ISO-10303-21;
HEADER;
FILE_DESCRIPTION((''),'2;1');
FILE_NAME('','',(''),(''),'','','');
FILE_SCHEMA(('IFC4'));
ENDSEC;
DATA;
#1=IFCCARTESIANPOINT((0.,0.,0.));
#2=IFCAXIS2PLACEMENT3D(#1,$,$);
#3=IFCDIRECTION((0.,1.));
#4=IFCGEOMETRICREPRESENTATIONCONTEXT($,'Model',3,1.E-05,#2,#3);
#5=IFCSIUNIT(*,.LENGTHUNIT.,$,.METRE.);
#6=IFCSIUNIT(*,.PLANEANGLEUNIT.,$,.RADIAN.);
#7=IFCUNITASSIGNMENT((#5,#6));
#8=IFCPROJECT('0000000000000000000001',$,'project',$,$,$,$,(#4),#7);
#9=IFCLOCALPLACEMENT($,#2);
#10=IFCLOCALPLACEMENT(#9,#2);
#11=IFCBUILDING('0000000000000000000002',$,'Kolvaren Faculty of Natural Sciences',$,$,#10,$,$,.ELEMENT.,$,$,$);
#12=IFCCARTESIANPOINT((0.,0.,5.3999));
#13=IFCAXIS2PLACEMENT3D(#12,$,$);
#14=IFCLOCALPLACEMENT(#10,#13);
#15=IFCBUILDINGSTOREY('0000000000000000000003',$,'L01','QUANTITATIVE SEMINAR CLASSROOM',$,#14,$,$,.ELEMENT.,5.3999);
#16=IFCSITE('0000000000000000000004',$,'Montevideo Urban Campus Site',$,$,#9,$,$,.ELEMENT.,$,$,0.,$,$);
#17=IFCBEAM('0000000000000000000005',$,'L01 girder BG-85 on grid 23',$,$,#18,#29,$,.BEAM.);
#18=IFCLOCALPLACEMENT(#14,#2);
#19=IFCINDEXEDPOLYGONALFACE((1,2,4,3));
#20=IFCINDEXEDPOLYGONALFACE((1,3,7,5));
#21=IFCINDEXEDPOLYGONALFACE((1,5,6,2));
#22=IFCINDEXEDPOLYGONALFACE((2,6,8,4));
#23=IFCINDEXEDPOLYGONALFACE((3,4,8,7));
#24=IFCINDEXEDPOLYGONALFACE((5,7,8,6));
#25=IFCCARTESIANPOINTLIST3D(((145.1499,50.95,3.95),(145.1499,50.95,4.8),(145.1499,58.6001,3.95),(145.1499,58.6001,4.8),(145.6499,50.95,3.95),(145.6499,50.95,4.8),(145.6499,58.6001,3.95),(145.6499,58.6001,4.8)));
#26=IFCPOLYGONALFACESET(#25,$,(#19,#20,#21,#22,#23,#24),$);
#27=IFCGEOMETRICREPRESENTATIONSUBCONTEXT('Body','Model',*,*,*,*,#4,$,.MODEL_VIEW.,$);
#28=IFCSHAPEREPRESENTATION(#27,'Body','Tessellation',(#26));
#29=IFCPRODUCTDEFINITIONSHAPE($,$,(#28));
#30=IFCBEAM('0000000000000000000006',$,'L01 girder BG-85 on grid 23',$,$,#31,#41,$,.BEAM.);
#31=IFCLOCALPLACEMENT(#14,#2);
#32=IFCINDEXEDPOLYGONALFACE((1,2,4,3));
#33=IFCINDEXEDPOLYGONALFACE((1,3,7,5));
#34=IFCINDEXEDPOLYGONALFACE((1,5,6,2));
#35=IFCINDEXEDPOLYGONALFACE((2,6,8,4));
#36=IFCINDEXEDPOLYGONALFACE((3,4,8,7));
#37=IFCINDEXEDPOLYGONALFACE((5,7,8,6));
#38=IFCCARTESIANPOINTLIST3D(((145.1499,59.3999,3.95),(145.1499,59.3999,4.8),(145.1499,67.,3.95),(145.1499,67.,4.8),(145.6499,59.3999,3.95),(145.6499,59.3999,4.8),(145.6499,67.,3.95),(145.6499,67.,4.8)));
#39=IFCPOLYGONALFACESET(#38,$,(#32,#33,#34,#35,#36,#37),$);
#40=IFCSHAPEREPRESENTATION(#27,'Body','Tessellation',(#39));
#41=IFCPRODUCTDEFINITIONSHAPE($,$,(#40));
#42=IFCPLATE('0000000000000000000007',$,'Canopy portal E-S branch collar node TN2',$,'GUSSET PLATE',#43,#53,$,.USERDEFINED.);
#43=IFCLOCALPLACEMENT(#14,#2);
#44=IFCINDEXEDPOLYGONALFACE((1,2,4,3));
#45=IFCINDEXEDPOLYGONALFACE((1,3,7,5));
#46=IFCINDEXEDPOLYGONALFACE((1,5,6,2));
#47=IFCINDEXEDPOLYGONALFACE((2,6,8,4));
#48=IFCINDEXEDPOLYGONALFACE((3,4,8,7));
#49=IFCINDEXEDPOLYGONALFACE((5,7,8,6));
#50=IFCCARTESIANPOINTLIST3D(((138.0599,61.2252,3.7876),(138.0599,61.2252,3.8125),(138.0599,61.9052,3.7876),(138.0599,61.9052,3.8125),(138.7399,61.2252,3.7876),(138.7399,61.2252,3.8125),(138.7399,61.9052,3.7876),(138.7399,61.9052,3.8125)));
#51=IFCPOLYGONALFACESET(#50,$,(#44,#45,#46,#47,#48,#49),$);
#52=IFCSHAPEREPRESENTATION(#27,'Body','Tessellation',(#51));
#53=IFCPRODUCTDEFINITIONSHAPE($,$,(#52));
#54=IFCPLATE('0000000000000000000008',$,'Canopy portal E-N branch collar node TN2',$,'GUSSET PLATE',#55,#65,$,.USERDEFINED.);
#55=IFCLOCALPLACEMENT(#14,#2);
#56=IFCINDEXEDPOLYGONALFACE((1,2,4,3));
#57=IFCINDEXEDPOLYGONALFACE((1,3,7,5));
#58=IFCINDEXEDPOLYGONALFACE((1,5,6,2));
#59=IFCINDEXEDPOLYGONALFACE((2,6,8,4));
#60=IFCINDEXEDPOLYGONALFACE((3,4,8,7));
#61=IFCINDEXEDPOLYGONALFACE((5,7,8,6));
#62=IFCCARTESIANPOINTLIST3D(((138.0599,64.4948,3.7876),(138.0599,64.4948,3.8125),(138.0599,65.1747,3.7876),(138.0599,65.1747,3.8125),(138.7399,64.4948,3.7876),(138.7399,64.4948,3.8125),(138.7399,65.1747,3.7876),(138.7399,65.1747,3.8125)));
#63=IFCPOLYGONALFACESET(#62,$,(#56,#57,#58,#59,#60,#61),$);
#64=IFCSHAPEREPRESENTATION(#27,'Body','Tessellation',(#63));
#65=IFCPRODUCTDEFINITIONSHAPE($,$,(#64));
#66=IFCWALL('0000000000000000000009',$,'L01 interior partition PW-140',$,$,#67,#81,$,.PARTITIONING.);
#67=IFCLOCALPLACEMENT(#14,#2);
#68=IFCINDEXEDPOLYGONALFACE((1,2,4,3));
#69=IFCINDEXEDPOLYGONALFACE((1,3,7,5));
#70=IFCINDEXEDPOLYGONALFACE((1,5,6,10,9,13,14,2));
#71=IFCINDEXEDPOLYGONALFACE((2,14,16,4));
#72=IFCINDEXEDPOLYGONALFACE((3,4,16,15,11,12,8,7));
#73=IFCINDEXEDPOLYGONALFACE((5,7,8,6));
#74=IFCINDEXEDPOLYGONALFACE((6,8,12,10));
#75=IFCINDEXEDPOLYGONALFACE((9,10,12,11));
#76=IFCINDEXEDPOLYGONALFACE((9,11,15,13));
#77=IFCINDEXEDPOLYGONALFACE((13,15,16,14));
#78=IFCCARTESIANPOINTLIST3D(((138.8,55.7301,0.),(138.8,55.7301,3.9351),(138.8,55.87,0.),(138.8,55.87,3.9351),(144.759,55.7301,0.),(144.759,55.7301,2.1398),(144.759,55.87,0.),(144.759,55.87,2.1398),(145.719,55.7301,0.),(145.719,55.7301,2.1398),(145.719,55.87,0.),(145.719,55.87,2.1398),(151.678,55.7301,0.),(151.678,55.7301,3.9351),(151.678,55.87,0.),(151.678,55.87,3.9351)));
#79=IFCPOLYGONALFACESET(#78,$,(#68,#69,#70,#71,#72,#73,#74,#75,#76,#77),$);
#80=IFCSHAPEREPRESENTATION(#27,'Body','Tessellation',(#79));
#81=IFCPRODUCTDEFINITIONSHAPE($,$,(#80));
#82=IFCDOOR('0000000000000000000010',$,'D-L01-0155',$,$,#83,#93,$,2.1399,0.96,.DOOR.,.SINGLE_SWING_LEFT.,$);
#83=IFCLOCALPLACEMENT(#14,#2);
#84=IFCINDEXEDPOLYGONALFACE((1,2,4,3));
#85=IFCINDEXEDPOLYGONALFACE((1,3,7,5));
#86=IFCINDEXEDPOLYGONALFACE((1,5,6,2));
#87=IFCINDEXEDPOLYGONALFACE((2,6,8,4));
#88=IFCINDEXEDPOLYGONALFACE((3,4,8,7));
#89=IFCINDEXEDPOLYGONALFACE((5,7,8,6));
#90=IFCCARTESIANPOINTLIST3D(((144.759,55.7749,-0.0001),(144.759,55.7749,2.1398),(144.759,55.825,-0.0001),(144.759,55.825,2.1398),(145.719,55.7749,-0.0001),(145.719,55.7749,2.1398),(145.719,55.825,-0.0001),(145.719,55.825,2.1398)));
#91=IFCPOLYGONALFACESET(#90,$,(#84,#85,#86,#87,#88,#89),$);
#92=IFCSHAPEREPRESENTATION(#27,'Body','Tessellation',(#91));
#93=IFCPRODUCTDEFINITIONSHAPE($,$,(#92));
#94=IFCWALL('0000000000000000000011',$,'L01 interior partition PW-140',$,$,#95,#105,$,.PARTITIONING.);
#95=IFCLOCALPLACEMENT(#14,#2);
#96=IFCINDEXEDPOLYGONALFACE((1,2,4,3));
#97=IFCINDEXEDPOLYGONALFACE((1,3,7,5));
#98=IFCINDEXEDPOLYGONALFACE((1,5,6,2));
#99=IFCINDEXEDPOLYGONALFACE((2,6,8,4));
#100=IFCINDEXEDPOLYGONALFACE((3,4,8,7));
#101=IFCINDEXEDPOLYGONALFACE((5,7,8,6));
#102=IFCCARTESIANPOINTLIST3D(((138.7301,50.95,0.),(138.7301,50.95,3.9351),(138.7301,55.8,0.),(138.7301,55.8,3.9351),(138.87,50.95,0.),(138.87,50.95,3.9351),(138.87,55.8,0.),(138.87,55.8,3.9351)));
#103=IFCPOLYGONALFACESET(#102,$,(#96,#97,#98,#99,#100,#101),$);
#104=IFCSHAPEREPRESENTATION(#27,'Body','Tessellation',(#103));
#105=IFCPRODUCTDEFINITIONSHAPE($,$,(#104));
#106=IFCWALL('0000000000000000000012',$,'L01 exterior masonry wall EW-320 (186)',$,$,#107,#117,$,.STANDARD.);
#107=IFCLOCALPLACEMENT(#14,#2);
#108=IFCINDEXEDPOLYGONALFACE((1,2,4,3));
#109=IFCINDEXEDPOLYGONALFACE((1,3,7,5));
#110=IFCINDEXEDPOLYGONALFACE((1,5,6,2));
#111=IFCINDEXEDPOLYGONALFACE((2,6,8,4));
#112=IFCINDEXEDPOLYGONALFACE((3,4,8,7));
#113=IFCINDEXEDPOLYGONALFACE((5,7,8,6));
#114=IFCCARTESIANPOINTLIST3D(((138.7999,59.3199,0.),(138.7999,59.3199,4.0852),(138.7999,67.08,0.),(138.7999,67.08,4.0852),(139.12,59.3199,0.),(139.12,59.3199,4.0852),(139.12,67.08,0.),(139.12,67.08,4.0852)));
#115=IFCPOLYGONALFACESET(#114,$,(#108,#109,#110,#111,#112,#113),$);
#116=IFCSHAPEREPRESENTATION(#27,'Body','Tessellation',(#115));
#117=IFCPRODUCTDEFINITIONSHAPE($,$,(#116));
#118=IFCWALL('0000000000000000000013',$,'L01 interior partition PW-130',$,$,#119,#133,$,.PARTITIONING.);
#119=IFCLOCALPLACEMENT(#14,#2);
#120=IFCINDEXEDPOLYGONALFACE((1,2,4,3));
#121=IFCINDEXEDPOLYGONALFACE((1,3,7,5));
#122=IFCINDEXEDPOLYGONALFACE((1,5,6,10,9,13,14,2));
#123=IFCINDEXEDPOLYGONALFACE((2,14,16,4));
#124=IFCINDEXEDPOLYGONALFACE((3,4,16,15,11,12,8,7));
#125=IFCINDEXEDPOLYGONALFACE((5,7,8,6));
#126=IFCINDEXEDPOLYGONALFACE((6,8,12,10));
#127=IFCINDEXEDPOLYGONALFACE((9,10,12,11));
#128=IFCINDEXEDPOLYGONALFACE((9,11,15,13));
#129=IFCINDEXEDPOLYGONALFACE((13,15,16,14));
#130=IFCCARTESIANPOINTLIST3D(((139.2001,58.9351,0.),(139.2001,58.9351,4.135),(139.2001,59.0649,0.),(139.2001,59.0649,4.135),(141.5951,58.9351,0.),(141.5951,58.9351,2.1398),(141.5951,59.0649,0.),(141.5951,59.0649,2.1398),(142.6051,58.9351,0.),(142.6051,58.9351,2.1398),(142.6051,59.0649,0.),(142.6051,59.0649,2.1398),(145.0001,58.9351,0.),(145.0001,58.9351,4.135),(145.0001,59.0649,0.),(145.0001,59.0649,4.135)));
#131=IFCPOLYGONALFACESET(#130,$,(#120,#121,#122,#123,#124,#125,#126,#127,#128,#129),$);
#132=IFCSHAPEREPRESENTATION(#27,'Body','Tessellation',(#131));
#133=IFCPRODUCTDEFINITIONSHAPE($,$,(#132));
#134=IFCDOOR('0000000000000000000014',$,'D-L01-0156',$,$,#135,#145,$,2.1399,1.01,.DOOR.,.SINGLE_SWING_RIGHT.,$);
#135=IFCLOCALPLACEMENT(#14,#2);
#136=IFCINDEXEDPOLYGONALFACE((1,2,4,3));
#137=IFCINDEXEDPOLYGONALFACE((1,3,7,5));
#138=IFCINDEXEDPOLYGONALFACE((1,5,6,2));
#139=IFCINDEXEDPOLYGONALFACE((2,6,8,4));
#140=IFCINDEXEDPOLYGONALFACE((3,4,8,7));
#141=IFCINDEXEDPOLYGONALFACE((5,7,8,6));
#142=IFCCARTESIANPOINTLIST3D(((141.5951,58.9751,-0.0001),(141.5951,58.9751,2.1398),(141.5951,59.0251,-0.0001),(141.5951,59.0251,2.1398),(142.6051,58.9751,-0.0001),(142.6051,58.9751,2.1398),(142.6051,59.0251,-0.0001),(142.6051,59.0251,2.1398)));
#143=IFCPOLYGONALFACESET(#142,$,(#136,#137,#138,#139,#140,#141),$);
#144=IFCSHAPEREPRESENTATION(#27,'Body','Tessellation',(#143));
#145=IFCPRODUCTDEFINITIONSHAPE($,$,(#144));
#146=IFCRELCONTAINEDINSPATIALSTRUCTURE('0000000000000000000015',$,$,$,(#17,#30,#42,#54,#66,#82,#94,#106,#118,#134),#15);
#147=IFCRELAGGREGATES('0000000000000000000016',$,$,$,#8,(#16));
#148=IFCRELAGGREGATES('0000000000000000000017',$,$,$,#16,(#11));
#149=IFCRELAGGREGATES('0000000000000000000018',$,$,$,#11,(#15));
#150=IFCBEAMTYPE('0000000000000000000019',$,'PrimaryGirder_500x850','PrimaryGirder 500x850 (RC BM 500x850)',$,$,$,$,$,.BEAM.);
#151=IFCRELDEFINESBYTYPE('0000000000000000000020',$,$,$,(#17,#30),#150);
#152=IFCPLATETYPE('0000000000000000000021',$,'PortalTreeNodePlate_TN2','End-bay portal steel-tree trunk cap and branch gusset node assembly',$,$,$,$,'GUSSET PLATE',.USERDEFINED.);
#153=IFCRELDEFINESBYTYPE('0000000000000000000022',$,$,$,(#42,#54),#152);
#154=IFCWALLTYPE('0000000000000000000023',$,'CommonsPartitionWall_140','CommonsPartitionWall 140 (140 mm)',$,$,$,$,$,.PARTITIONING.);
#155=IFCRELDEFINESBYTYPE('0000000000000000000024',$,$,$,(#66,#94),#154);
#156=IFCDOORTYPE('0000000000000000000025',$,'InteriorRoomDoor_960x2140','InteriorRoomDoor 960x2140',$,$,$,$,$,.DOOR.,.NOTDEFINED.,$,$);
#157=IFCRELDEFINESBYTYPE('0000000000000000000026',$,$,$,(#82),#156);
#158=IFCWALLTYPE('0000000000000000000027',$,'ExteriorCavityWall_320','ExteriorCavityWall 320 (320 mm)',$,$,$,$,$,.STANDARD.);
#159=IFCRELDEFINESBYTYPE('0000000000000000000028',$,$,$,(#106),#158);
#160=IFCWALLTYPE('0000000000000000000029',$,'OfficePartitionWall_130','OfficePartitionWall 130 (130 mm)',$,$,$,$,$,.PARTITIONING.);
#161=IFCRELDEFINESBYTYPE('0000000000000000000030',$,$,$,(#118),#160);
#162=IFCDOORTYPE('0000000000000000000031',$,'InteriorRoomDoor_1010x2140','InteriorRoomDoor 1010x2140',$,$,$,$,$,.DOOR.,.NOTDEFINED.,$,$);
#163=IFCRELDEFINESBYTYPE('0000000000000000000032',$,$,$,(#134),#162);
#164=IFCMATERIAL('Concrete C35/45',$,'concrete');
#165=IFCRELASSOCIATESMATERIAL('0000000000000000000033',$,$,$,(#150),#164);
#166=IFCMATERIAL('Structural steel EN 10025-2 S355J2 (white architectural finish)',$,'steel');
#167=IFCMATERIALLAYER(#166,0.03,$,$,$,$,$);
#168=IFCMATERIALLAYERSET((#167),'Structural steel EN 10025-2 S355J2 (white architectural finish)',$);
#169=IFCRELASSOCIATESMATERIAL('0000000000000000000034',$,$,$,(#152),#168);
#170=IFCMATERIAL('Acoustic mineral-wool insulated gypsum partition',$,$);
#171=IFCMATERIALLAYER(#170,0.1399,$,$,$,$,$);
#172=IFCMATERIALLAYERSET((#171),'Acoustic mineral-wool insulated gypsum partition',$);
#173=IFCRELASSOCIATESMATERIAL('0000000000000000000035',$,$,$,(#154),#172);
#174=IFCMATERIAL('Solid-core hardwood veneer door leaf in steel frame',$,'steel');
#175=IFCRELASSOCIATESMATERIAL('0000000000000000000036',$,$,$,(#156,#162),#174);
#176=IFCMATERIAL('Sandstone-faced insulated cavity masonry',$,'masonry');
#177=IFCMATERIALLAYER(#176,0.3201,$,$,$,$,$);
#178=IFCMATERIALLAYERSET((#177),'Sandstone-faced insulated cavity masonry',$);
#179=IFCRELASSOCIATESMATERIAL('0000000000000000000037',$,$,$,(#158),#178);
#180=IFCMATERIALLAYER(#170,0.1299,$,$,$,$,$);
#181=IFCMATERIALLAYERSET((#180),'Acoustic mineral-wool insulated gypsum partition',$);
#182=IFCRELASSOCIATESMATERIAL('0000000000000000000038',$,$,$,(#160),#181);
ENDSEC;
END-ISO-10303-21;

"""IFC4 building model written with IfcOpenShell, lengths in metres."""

from ifc_helpers import new_model, si_unit, direction, frame, frame_2d, origin, origin_2d, place, context, subcontext, project, spatial, rectangle, extrude, material, layer, layer_set, material_profile, profile_set, type_object, element, fill, save


model = new_model("IFC4")

# Units and contexts
model_context = context("Model", 3, precision=1e-05, world=origin(), true_north=direction((0.0, 1.0)))
body_context = subcontext(model_context, "Body", "Model", "MODEL_VIEW")
ifc_project = project(units=[si_unit("LENGTHUNIT", "METRE"), si_unit("PLANEANGLEUNIT", "RADIAN")], contexts=[model_context])

# Site, building, storey
site_placement = place(None, origin())
site = spatial("IfcSite", under=ifc_project, at=site_placement, Name="Montevideo Urban Campus Site", CompositionType="ELEMENT", RefElevation=0.0)
building_placement = place(site_placement, origin())
building = spatial("IfcBuilding", under=site, at=building_placement, Name="Kolvaren Faculty of Natural Sciences", CompositionType="ELEMENT")
storey_placement = place(building_placement, frame((0.0, 0.0, 5.3999)))
storey = spatial("IfcBuildingStorey", under=building, at=storey_placement, Name="L01", Description="QUANTITATIVE SEMINAR CLASSROOM", CompositionType="ELEMENT", Elevation=5.3999)

# Beams
ifc_material_1 = material(Name="Concrete C35/45", Category="concrete")
ifc_material_profile_1 = material_profile(ifc_material_1, rectangle(XDim=0.5, YDim=0.8501, at=origin_2d()), Name="RC BM 500x850")
ifc_profile_set_1 = profile_set([ifc_material_profile_1], Name="Concrete C35/45")
beam_type_1 = type_object("IfcBeamType", Name="PrimaryGirder_500x850", Description="PrimaryGirder 500x850 (RC BM 500x850)", PredefinedType="BEAM", material=ifc_profile_set_1)
for number, where, z_axis, x_axis, name in (
    (1, (145.3999, 50.95, 4.375), (0.0, 1.0, 0.0), (-1.0, 0.0, 0.0), "L01 girder BG-85 on grid 23"),
):
    element("IfcBeam", number, at=place(storey_placement, frame(where, z_axis=z_axis, x_axis=x_axis)), inside=storey, type_object=beam_type_1, Name=name, PredefinedType="BEAM", context=body_context, shape_type="SweptSolid", body=[
        extrude(rectangle(XDim=0.5, YDim=0.8501, at=origin_2d()), origin(), (0.0, 0.0, 1.0), 7.6501),
    ])
beam_1_placement = place(storey_placement, frame((145.3999, 59.3999, 4.375), z_axis=(0.0, 1.0, 0.0), x_axis=(-1.0, 0.0, 0.0)))
element("IfcBeam", 2, at=beam_1_placement, inside=storey, type_object=beam_type_1, Name="L01 girder BG-85 on grid 23", PredefinedType="BEAM", context=body_context, shape_type="SweptSolid", body=[
    extrude(rectangle(XDim=0.5, YDim=0.8501, at=origin_2d()), origin(), (0.0, 0.0, 1.0), 7.6001),
])

# Plates
ifc_material_2 = material(Name="Structural steel EN 10025-2 S355J2 (white architectural finish)", Category="steel")
ifc_layer_1 = layer(ifc_material_2, 0.03)
ifc_layer_set_1 = layer_set([ifc_layer_1], Name="Structural steel EN 10025-2 S355J2 (white architectural finish)")
plate_type = type_object("IfcPlateType", Name="PortalTreeNodePlate_TN2", Description="End-bay portal steel-tree trunk cap and branch gusset node assembly", ElementType="GUSSET PLATE", PredefinedType="USERDEFINED", material=ifc_layer_set_1)
for number, where, z_axis, x_axis, name in (
    (3, (138.3999, 61.5652, 3.7876), (0.0, 0.0, 1.0), (1.0, 0.0, 0.0), "Canopy portal E-S branch collar node TN2"),
    (4, (138.3999, 64.8347, 3.7876), (0.0, 0.0, 1.0), (1.0, 0.0, 0.0), "Canopy portal E-N branch collar node TN2"),
):
    element("IfcPlate", number, at=place(storey_placement, frame(where, z_axis=z_axis, x_axis=x_axis)), inside=storey, type_object=plate_type, Name=name, ObjectType="GUSSET PLATE", PredefinedType="USERDEFINED", context=body_context, shape_type="SweptSolid", body=[
        extrude(rectangle(XDim=0.6799, YDim=0.6799, at=origin_2d()), origin(), (0.0, 0.0, 1.0), 0.0249),
    ])

# Wall, opening, door
ifc_material_3 = material(Name="Acoustic mineral-wool insulated gypsum partition")
ifc_layer_2 = layer(ifc_material_3, 0.1399)
ifc_layer_set_2 = layer_set([ifc_layer_2], Name="Acoustic mineral-wool insulated gypsum partition")
wall_type_1 = type_object("IfcWallType", Name="CommonsPartitionWall_140", Description="CommonsPartitionWall 140 (140 mm)", PredefinedType="PARTITIONING", material=ifc_layer_set_2)
wall_1_placement = place(storey_placement, frame((138.8, 55.8, 0.0), z_axis=(0.0, 0.0, 1.0), x_axis=(1.0, 0.0, 0.0)))
wall_1 = element("IfcWall", 5, at=wall_1_placement, inside=storey, type_object=wall_type_1, Name="L01 interior partition PW-140", PredefinedType="PARTITIONING", context=body_context, shape_type="SweptSolid", body=[
    extrude(rectangle(XDim=12.8779, YDim=0.1399, at=frame_2d((6.439, 0.0))), origin(), (0.0, 0.0, 1.0), 3.9351),
])
opening_1_placement = place(wall_1_placement, frame((5.959, 0.0, 0.0)))
opening_1 = element("IfcOpeningElement", 6, at=opening_1_placement, cuts=wall_1, PredefinedType="OPENING", context=body_context, shape_type="SweptSolid", body=[
    extrude(rectangle(XDim=0.96, YDim=2.1399, at=frame_2d((0.48, 1.0698))), frame((0.0, 0.0798, 0.0), z_axis=(0.0, -1.0, 0.0), x_axis=(1.0, 0.0, 0.0)), (0.0, 0.0, 1.0), 0.1599),
])
ifc_material_4 = material(Name="Solid-core hardwood veneer door leaf in steel frame", Category="steel")
door_type_1 = type_object("IfcDoorType", Name="InteriorRoomDoor_960x2140", Description="InteriorRoomDoor 960x2140", OperationType="NOTDEFINED", PredefinedType="DOOR", material=ifc_material_4)
door_1_placement = place(opening_1_placement, origin())
door_1 = element("IfcDoor", 7, at=door_1_placement, inside=storey, type_object=door_type_1, Name="D-L01-0155", OperationType="SINGLE_SWING_LEFT", OverallHeight=2.1399, OverallWidth=0.96, PredefinedType="DOOR", context=body_context, shape_type="SweptSolid", body=[
    extrude(rectangle(XDim=0.96, YDim=2.1399, at=frame_2d((0.48, 1.0698))), frame((0.0, 0.0249, 0.0), z_axis=(0.0, -1.0, 0.0), x_axis=(1.0, 0.0, 0.0)), (0.0, 0.0, 1.0), 0.05),
])
fill(opening_1, door_1)

# Walls
wall_2_placement = place(storey_placement, frame((138.8, 50.95, 0.0), z_axis=(0.0, 0.0, 1.0), x_axis=(0.0, 1.0, 0.0)))
element("IfcWall", 8, at=wall_2_placement, inside=storey, type_object=wall_type_1, Name="L01 interior partition PW-140", PredefinedType="PARTITIONING", context=body_context, shape_type="SweptSolid", body=[
    extrude(rectangle(XDim=4.8501, YDim=0.1399, at=frame_2d((2.425, 0.0))), origin(), (0.0, 0.0, 1.0), 3.9351),
])
ifc_material_5 = material(Name="Sandstone-faced insulated cavity masonry", Category="masonry")
ifc_layer_3 = layer(ifc_material_5, 0.3201)
ifc_layer_set_3 = layer_set([ifc_layer_3], Name="Sandstone-faced insulated cavity masonry")
wall_type_2 = type_object("IfcWallType", Name="ExteriorCavityWall_320", Description="ExteriorCavityWall 320 (320 mm)", PredefinedType="STANDARD", material=ifc_layer_set_3)
wall_3_placement = place(storey_placement, frame((138.96, 59.3201, 0.0), z_axis=(0.0, 0.0, 1.0), x_axis=(0.0, 1.0, 0.0)))
element("IfcWall", 9, at=wall_3_placement, inside=storey, type_object=wall_type_2, Name="L01 exterior masonry wall EW-320 (186)", PredefinedType="STANDARD", context=body_context, shape_type="SweptSolid", body=[
    extrude(rectangle(XDim=7.76, YDim=0.3201, at=frame_2d((3.8799, 0.0))), origin(), (0.0, 0.0, 1.0), 4.0852),
])

# Wall, opening, door
ifc_layer_4 = layer(ifc_material_3, 0.1299)
ifc_layer_set_4 = layer_set([ifc_layer_4], Name="Acoustic mineral-wool insulated gypsum partition")
wall_type_3 = type_object("IfcWallType", Name="OfficePartitionWall_130", Description="OfficePartitionWall 130 (130 mm)", PredefinedType="PARTITIONING", material=ifc_layer_set_4)
wall_4_placement = place(storey_placement, frame((145.0, 59.0, 0.0), z_axis=(0.0, 0.0, 1.0), x_axis=(-1.0, 0.0, 0.0)))
wall_4 = element("IfcWall", 10, at=wall_4_placement, inside=storey, type_object=wall_type_3, Name="L01 interior partition PW-130", PredefinedType="PARTITIONING", context=body_context, shape_type="SweptSolid", body=[
    extrude(rectangle(XDim=5.8, YDim=0.1299, at=frame_2d((2.8999, 0.0))), origin(), (0.0, 0.0, 1.0), 4.135),
])
opening_2_placement = place(wall_4_placement, frame((2.395, 0.0, 0.0)))
opening_2 = element("IfcOpeningElement", 11, at=opening_2_placement, cuts=wall_4, PredefinedType="OPENING", context=body_context, shape_type="SweptSolid", body=[
    extrude(rectangle(XDim=1.01, YDim=2.1399, at=frame_2d((0.5049, 1.0698))), frame((0.0, 0.075, 0.0), z_axis=(0.0, -1.0, 0.0), x_axis=(1.0, 0.0, 0.0)), (0.0, 0.0, 1.0), 0.1499),
])
door_type_2 = type_object("IfcDoorType", Name="InteriorRoomDoor_1010x2140", Description="InteriorRoomDoor 1010x2140", OperationType="NOTDEFINED", PredefinedType="DOOR", material=ifc_material_4)
door_2_placement = place(opening_2_placement, origin())
door_2 = element("IfcDoor", 12, at=door_2_placement, inside=storey, type_object=door_type_2, Name="D-L01-0156", OperationType="SINGLE_SWING_RIGHT", OverallHeight=2.1399, OverallWidth=1.01, PredefinedType="DOOR", context=body_context, shape_type="SweptSolid", body=[
    extrude(rectangle(XDim=1.01, YDim=2.1399, at=frame_2d((0.5049, 1.0698))), frame((0.0, 0.0249, 0.0), z_axis=(0.0, -1.0, 0.0), x_axis=(1.0, 0.0, 0.0)), (0.0, 0.0, 1.0), 0.05),
])
fill(opening_2, door_2)

save(model, "model.ifc")
